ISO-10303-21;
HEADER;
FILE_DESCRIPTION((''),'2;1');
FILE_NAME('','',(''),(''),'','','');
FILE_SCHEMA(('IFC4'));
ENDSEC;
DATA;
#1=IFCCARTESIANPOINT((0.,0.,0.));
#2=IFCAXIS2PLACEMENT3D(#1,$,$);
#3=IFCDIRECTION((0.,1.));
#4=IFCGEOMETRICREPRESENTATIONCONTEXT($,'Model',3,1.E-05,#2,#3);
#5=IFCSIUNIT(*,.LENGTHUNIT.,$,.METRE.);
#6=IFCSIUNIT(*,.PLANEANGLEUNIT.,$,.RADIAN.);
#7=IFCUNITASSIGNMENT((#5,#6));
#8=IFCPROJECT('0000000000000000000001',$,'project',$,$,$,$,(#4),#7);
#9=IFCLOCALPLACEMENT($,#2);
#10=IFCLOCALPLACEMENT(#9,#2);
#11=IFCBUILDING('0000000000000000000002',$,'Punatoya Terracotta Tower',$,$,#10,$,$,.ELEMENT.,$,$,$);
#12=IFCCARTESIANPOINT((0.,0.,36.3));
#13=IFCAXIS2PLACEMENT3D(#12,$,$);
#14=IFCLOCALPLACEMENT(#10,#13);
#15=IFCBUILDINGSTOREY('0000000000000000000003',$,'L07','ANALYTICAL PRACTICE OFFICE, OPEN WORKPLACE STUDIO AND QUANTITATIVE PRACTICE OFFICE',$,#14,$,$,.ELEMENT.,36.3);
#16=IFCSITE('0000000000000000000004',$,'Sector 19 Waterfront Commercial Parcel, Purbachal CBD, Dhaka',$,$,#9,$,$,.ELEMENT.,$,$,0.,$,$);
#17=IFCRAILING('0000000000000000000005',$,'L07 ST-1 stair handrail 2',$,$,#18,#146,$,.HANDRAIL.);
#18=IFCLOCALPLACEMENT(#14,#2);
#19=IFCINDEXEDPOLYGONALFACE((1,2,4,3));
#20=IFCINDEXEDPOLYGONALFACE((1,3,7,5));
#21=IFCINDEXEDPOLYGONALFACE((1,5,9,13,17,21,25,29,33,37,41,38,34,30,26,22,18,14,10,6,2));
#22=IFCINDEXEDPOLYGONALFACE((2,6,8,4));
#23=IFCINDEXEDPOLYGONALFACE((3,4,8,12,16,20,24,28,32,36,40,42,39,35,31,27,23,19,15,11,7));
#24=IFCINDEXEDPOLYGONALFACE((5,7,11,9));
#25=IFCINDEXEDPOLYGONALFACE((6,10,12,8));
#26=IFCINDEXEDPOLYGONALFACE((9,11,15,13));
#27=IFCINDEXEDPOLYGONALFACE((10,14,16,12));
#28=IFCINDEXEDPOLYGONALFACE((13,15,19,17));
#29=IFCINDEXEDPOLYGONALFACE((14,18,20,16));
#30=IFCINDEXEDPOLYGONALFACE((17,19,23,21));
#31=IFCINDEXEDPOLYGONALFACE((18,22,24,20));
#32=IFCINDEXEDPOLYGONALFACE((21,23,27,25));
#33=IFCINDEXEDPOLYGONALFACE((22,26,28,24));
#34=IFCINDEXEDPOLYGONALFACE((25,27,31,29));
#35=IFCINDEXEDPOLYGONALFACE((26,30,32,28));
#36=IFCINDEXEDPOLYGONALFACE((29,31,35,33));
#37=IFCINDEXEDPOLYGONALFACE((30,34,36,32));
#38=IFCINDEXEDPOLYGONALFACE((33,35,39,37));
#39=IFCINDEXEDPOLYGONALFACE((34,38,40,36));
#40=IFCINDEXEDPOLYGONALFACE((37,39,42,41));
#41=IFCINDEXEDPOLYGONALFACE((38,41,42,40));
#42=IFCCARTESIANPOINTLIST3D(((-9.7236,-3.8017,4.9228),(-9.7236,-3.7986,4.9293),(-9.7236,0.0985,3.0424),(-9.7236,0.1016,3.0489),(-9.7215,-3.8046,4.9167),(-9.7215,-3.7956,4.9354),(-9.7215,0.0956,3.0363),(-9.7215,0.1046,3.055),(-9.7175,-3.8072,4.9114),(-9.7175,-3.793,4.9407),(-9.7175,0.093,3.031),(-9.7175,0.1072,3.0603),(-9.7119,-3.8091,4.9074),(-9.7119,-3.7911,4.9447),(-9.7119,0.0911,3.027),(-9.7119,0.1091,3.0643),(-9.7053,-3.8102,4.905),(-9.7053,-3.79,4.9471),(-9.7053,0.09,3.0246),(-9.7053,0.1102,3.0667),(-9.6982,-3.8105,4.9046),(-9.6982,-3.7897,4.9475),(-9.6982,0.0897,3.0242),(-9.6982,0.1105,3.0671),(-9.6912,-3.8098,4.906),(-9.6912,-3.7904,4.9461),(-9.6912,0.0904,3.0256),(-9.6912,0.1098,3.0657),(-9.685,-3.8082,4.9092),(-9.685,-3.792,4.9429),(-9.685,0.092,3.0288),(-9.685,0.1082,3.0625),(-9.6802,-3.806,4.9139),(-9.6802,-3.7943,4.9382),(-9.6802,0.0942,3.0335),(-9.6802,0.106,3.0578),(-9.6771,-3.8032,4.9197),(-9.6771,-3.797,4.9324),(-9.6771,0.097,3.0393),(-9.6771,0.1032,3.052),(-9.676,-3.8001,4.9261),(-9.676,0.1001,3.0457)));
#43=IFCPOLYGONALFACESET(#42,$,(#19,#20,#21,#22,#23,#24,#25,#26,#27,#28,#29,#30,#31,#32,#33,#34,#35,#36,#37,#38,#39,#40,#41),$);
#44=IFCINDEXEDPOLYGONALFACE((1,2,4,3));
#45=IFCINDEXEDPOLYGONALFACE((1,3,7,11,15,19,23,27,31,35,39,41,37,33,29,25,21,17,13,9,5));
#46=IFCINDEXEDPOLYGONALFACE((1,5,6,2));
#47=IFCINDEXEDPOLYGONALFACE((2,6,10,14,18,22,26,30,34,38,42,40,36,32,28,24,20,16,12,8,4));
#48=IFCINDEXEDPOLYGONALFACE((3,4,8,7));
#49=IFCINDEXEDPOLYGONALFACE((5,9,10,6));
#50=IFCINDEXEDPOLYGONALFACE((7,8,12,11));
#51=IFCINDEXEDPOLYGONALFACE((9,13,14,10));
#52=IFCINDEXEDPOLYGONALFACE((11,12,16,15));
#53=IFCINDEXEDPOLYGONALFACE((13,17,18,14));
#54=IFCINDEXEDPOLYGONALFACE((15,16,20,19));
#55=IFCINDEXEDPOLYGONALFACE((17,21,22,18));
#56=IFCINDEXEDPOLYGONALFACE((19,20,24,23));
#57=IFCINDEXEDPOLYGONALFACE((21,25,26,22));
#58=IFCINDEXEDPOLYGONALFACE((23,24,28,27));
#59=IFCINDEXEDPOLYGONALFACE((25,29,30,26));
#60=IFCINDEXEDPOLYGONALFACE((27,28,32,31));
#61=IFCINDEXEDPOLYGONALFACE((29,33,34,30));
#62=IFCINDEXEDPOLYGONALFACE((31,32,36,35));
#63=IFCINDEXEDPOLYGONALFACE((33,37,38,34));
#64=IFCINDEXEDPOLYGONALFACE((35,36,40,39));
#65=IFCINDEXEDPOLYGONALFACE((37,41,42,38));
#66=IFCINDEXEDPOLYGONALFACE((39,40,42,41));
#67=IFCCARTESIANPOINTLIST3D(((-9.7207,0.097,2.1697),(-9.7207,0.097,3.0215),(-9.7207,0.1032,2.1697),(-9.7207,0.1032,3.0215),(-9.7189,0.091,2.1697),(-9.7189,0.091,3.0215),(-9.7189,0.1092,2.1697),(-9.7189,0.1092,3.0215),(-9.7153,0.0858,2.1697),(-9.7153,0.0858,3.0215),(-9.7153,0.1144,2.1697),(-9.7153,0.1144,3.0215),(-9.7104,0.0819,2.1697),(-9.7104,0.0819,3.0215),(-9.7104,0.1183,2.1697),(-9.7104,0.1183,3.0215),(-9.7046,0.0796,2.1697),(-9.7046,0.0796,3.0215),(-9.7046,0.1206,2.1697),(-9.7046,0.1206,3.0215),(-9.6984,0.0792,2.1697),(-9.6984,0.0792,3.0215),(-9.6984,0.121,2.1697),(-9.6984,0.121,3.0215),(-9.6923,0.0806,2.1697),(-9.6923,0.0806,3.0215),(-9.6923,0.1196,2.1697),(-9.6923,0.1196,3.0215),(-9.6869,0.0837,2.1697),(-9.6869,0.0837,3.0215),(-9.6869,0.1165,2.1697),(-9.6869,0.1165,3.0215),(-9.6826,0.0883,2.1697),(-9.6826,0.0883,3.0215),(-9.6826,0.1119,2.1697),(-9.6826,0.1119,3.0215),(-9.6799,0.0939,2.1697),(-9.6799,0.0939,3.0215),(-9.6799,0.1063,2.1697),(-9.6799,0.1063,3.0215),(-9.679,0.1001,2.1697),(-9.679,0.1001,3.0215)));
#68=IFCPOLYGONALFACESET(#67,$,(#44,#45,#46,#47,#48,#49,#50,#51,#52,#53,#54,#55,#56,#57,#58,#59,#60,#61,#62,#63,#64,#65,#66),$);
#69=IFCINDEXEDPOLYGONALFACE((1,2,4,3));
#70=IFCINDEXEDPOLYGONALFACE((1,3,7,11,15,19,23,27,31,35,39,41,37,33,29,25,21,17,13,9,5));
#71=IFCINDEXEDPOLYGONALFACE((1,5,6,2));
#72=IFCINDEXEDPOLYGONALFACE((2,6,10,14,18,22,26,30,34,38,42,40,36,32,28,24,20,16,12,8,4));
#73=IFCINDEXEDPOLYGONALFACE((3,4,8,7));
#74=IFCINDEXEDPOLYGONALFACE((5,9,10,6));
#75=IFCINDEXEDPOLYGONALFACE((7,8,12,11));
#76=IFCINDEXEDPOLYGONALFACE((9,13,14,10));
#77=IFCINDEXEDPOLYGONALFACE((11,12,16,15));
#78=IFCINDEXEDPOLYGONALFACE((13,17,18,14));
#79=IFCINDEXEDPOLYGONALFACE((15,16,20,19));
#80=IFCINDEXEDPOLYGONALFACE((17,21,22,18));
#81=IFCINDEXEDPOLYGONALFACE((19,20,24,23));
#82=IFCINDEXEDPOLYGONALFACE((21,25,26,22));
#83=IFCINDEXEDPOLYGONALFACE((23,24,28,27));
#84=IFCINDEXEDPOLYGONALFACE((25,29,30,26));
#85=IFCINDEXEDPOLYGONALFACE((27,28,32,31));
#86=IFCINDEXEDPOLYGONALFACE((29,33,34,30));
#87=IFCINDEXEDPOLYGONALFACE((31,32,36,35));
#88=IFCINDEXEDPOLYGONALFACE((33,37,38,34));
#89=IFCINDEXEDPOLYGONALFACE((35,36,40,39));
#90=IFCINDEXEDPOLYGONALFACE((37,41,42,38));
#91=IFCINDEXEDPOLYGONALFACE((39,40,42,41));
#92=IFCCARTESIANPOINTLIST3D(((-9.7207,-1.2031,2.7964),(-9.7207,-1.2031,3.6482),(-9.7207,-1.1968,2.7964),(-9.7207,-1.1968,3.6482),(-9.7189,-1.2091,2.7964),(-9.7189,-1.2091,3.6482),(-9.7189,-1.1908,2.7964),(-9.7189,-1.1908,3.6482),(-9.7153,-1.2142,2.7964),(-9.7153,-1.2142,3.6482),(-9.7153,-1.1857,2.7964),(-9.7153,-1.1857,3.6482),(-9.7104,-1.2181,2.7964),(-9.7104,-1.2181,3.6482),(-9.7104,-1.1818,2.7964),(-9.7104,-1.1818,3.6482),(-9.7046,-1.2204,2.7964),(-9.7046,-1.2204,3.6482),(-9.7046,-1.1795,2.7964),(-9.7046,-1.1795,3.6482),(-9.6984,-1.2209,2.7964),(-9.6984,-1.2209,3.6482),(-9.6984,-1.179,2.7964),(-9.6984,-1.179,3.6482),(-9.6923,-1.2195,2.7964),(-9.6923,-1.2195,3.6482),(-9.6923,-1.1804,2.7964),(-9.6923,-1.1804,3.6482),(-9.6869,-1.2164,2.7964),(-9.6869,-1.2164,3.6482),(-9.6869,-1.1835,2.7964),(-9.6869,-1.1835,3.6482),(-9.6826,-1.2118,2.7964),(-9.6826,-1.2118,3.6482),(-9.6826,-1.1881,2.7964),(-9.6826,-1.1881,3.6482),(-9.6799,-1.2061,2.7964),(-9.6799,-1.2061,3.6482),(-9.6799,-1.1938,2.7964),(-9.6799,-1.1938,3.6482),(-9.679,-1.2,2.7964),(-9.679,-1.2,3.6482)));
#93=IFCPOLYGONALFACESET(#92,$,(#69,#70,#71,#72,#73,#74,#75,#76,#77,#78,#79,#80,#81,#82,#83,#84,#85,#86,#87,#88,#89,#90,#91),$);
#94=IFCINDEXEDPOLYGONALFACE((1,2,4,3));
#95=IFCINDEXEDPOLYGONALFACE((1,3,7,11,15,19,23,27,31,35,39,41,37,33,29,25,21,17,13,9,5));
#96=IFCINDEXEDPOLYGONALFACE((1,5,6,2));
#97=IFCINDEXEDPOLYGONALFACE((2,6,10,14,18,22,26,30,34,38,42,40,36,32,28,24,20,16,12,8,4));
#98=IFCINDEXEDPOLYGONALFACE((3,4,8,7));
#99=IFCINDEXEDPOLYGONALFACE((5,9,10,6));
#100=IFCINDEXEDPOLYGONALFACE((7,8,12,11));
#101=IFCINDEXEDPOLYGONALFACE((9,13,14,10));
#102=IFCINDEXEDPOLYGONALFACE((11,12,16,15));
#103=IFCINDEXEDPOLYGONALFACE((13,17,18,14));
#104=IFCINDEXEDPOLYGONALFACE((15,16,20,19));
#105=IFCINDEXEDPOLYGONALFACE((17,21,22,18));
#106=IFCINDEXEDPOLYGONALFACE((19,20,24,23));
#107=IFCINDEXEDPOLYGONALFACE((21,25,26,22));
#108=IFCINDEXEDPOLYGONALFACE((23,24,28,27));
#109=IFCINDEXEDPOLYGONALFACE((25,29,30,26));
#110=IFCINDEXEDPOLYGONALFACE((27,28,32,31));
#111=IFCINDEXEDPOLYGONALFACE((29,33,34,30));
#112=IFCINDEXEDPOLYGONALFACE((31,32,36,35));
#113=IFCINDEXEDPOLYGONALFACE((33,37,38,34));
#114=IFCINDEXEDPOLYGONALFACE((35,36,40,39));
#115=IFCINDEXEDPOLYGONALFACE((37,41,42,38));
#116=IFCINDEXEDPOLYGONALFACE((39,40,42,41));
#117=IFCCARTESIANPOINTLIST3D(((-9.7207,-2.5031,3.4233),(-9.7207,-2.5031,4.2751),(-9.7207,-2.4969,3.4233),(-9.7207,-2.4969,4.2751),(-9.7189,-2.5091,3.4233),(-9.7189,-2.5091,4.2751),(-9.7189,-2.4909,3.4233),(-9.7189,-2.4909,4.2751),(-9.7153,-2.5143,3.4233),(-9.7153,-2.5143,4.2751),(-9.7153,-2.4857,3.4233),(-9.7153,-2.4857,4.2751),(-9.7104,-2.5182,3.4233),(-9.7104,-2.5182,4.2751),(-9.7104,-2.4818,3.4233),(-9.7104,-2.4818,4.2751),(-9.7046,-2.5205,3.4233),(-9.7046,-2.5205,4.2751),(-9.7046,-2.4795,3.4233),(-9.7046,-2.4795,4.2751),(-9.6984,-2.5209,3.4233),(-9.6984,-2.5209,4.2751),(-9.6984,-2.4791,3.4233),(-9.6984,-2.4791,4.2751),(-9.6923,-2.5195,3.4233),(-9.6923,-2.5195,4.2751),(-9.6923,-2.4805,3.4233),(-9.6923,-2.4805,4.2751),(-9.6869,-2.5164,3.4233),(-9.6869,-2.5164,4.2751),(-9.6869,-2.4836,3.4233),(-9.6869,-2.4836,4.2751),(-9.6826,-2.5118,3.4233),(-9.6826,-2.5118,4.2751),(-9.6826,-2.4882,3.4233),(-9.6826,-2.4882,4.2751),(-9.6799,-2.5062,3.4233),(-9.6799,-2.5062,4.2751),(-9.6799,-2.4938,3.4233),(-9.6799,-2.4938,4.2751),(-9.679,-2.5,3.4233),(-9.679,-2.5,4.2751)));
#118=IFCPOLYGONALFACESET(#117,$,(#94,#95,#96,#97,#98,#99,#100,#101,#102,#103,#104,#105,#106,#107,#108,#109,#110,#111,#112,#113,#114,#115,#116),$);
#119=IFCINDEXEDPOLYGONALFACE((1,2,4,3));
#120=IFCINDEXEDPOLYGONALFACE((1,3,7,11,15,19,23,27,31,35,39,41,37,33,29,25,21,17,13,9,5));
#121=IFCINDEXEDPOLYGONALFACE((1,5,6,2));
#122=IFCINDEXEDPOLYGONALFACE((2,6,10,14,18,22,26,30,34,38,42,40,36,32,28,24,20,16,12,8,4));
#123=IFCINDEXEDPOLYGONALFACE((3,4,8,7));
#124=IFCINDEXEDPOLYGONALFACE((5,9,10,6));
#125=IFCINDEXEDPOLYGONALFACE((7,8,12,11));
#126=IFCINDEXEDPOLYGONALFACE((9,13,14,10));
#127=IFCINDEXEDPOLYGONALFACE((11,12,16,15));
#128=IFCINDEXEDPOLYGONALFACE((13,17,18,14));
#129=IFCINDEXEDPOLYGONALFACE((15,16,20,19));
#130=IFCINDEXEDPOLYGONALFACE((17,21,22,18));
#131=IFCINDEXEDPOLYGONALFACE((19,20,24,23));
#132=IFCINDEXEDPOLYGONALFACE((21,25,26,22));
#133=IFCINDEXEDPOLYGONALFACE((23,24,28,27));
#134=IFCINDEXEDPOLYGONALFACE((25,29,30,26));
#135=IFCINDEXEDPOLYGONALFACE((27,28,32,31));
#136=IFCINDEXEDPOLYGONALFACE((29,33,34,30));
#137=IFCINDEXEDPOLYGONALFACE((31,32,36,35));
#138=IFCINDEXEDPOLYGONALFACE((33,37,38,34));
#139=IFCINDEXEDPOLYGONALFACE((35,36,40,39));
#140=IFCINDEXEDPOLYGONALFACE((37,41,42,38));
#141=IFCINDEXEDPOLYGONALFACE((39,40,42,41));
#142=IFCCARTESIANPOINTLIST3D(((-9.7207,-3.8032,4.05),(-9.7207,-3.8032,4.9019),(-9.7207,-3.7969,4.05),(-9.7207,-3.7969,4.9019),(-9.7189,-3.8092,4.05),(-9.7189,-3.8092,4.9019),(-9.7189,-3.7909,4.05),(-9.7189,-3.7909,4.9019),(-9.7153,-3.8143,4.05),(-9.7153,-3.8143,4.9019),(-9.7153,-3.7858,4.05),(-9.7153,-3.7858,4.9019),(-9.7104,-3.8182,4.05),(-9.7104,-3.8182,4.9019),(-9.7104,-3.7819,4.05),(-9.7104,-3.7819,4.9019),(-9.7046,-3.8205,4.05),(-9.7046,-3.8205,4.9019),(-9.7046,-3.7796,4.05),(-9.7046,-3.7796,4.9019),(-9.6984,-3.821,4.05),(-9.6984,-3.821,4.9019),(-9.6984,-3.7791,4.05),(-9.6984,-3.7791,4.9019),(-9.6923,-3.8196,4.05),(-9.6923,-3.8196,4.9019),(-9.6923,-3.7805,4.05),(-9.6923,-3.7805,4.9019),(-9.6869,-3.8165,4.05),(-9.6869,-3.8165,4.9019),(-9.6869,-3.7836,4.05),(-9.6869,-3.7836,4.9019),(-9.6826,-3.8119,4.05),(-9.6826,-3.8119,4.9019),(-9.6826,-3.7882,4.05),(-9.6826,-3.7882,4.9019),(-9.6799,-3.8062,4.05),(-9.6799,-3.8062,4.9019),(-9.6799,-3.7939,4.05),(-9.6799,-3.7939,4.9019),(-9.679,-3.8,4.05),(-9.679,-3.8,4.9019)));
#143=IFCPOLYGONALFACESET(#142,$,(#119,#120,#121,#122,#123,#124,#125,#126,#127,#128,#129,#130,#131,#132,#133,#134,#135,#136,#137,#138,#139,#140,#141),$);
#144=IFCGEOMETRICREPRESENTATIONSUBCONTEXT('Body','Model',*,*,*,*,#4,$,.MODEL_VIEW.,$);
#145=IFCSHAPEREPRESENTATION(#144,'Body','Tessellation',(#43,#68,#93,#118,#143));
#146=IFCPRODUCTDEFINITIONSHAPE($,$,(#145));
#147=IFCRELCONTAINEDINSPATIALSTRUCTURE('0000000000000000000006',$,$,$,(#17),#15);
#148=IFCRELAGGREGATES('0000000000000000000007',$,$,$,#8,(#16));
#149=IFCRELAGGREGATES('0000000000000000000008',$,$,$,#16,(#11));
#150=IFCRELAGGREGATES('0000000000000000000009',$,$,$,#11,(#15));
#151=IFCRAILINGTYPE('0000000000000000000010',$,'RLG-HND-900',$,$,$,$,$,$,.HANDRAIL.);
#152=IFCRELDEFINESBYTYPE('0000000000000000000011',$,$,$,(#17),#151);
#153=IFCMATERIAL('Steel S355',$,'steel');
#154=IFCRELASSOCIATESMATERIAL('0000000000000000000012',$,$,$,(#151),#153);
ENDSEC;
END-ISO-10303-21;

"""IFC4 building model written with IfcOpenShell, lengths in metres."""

from ifc_helpers import new_model, si_unit, direction, frame, origin, origin_2d, place, context, subcontext, project, spatial, circle, extrude, material, type_object, element, save


model = new_model("IFC4")

# Units and contexts
model_context = context("Model", 3, precision=1e-05, world=origin(), true_north=direction((0.0, 1.0)))
body_context = subcontext(model_context, "Body", "Model", "MODEL_VIEW")
ifc_project = project(units=[si_unit("LENGTHUNIT", "METRE"), si_unit("PLANEANGLEUNIT", "RADIAN")], contexts=[model_context])

# Site, building, storey
site_placement = place(None, origin())
site = spatial("IfcSite", under=ifc_project, at=site_placement, Name="Sector 19 Waterfront Commercial Parcel, Purbachal CBD, Dhaka", CompositionType="ELEMENT", RefElevation=0.0)
building_placement = place(site_placement, origin())
building = spatial("IfcBuilding", under=site, at=building_placement, Name="Punatoya Terracotta Tower", CompositionType="ELEMENT")
storey_placement = place(building_placement, frame((0.0, 0.0, 36.3)))
storey = spatial("IfcBuildingStorey", under=building, at=storey_placement, Name="L07", Description="ANALYTICAL PRACTICE OFFICE, OPEN WORKPLACE STUDIO AND QUANTITATIVE PRACTICE OFFICE", CompositionType="ELEMENT", Elevation=36.3)

# Shared definitions
ifc_material_1 = material(Name="Steel S355", Category="steel")

# Railing
railing_type_1 = type_object("IfcRailingType", Name="RLG-HND-900", PredefinedType="HANDRAIL", material=ifc_material_1)
railing_1_placement = place(storey_placement, frame((-9.7, 0.1001, 2.1697)))
element("IfcRailing", 1, at=railing_1_placement, inside=storey, type_object=railing_type_1, Name="L07 ST-1 stair handrail 2", PredefinedType="HANDRAIL", context=body_context, shape_type="SweptSolid", body=[
    extrude(circle(Radius=0.0239, at=origin_2d()), frame((0.0, 0.0, 0.876), z_axis=(0.0, -0.900774, 0.434289), x_axis=(1.0, 0.0, 0.0)), (0.0, 0.0, 1.0), 4.3298),
    extrude(circle(Radius=0.021, at=origin_2d()), origin(), (0.0, 0.0, 1.0), 0.8518),
    extrude(circle(Radius=0.021, at=origin_2d()), frame((0.0, -1.3, 0.6267)), (0.0, 0.0, 1.0), 0.8518),
    extrude(circle(Radius=0.021, at=origin_2d()), frame((0.0, -2.6001, 1.2537)), (0.0, 0.0, 1.0), 0.8518),
    extrude(circle(Radius=0.021, at=origin_2d()), frame((0.0, -3.9001, 1.8804)), (0.0, 0.0, 1.0), 0.8518),
])

save(model, "model.ifc")
